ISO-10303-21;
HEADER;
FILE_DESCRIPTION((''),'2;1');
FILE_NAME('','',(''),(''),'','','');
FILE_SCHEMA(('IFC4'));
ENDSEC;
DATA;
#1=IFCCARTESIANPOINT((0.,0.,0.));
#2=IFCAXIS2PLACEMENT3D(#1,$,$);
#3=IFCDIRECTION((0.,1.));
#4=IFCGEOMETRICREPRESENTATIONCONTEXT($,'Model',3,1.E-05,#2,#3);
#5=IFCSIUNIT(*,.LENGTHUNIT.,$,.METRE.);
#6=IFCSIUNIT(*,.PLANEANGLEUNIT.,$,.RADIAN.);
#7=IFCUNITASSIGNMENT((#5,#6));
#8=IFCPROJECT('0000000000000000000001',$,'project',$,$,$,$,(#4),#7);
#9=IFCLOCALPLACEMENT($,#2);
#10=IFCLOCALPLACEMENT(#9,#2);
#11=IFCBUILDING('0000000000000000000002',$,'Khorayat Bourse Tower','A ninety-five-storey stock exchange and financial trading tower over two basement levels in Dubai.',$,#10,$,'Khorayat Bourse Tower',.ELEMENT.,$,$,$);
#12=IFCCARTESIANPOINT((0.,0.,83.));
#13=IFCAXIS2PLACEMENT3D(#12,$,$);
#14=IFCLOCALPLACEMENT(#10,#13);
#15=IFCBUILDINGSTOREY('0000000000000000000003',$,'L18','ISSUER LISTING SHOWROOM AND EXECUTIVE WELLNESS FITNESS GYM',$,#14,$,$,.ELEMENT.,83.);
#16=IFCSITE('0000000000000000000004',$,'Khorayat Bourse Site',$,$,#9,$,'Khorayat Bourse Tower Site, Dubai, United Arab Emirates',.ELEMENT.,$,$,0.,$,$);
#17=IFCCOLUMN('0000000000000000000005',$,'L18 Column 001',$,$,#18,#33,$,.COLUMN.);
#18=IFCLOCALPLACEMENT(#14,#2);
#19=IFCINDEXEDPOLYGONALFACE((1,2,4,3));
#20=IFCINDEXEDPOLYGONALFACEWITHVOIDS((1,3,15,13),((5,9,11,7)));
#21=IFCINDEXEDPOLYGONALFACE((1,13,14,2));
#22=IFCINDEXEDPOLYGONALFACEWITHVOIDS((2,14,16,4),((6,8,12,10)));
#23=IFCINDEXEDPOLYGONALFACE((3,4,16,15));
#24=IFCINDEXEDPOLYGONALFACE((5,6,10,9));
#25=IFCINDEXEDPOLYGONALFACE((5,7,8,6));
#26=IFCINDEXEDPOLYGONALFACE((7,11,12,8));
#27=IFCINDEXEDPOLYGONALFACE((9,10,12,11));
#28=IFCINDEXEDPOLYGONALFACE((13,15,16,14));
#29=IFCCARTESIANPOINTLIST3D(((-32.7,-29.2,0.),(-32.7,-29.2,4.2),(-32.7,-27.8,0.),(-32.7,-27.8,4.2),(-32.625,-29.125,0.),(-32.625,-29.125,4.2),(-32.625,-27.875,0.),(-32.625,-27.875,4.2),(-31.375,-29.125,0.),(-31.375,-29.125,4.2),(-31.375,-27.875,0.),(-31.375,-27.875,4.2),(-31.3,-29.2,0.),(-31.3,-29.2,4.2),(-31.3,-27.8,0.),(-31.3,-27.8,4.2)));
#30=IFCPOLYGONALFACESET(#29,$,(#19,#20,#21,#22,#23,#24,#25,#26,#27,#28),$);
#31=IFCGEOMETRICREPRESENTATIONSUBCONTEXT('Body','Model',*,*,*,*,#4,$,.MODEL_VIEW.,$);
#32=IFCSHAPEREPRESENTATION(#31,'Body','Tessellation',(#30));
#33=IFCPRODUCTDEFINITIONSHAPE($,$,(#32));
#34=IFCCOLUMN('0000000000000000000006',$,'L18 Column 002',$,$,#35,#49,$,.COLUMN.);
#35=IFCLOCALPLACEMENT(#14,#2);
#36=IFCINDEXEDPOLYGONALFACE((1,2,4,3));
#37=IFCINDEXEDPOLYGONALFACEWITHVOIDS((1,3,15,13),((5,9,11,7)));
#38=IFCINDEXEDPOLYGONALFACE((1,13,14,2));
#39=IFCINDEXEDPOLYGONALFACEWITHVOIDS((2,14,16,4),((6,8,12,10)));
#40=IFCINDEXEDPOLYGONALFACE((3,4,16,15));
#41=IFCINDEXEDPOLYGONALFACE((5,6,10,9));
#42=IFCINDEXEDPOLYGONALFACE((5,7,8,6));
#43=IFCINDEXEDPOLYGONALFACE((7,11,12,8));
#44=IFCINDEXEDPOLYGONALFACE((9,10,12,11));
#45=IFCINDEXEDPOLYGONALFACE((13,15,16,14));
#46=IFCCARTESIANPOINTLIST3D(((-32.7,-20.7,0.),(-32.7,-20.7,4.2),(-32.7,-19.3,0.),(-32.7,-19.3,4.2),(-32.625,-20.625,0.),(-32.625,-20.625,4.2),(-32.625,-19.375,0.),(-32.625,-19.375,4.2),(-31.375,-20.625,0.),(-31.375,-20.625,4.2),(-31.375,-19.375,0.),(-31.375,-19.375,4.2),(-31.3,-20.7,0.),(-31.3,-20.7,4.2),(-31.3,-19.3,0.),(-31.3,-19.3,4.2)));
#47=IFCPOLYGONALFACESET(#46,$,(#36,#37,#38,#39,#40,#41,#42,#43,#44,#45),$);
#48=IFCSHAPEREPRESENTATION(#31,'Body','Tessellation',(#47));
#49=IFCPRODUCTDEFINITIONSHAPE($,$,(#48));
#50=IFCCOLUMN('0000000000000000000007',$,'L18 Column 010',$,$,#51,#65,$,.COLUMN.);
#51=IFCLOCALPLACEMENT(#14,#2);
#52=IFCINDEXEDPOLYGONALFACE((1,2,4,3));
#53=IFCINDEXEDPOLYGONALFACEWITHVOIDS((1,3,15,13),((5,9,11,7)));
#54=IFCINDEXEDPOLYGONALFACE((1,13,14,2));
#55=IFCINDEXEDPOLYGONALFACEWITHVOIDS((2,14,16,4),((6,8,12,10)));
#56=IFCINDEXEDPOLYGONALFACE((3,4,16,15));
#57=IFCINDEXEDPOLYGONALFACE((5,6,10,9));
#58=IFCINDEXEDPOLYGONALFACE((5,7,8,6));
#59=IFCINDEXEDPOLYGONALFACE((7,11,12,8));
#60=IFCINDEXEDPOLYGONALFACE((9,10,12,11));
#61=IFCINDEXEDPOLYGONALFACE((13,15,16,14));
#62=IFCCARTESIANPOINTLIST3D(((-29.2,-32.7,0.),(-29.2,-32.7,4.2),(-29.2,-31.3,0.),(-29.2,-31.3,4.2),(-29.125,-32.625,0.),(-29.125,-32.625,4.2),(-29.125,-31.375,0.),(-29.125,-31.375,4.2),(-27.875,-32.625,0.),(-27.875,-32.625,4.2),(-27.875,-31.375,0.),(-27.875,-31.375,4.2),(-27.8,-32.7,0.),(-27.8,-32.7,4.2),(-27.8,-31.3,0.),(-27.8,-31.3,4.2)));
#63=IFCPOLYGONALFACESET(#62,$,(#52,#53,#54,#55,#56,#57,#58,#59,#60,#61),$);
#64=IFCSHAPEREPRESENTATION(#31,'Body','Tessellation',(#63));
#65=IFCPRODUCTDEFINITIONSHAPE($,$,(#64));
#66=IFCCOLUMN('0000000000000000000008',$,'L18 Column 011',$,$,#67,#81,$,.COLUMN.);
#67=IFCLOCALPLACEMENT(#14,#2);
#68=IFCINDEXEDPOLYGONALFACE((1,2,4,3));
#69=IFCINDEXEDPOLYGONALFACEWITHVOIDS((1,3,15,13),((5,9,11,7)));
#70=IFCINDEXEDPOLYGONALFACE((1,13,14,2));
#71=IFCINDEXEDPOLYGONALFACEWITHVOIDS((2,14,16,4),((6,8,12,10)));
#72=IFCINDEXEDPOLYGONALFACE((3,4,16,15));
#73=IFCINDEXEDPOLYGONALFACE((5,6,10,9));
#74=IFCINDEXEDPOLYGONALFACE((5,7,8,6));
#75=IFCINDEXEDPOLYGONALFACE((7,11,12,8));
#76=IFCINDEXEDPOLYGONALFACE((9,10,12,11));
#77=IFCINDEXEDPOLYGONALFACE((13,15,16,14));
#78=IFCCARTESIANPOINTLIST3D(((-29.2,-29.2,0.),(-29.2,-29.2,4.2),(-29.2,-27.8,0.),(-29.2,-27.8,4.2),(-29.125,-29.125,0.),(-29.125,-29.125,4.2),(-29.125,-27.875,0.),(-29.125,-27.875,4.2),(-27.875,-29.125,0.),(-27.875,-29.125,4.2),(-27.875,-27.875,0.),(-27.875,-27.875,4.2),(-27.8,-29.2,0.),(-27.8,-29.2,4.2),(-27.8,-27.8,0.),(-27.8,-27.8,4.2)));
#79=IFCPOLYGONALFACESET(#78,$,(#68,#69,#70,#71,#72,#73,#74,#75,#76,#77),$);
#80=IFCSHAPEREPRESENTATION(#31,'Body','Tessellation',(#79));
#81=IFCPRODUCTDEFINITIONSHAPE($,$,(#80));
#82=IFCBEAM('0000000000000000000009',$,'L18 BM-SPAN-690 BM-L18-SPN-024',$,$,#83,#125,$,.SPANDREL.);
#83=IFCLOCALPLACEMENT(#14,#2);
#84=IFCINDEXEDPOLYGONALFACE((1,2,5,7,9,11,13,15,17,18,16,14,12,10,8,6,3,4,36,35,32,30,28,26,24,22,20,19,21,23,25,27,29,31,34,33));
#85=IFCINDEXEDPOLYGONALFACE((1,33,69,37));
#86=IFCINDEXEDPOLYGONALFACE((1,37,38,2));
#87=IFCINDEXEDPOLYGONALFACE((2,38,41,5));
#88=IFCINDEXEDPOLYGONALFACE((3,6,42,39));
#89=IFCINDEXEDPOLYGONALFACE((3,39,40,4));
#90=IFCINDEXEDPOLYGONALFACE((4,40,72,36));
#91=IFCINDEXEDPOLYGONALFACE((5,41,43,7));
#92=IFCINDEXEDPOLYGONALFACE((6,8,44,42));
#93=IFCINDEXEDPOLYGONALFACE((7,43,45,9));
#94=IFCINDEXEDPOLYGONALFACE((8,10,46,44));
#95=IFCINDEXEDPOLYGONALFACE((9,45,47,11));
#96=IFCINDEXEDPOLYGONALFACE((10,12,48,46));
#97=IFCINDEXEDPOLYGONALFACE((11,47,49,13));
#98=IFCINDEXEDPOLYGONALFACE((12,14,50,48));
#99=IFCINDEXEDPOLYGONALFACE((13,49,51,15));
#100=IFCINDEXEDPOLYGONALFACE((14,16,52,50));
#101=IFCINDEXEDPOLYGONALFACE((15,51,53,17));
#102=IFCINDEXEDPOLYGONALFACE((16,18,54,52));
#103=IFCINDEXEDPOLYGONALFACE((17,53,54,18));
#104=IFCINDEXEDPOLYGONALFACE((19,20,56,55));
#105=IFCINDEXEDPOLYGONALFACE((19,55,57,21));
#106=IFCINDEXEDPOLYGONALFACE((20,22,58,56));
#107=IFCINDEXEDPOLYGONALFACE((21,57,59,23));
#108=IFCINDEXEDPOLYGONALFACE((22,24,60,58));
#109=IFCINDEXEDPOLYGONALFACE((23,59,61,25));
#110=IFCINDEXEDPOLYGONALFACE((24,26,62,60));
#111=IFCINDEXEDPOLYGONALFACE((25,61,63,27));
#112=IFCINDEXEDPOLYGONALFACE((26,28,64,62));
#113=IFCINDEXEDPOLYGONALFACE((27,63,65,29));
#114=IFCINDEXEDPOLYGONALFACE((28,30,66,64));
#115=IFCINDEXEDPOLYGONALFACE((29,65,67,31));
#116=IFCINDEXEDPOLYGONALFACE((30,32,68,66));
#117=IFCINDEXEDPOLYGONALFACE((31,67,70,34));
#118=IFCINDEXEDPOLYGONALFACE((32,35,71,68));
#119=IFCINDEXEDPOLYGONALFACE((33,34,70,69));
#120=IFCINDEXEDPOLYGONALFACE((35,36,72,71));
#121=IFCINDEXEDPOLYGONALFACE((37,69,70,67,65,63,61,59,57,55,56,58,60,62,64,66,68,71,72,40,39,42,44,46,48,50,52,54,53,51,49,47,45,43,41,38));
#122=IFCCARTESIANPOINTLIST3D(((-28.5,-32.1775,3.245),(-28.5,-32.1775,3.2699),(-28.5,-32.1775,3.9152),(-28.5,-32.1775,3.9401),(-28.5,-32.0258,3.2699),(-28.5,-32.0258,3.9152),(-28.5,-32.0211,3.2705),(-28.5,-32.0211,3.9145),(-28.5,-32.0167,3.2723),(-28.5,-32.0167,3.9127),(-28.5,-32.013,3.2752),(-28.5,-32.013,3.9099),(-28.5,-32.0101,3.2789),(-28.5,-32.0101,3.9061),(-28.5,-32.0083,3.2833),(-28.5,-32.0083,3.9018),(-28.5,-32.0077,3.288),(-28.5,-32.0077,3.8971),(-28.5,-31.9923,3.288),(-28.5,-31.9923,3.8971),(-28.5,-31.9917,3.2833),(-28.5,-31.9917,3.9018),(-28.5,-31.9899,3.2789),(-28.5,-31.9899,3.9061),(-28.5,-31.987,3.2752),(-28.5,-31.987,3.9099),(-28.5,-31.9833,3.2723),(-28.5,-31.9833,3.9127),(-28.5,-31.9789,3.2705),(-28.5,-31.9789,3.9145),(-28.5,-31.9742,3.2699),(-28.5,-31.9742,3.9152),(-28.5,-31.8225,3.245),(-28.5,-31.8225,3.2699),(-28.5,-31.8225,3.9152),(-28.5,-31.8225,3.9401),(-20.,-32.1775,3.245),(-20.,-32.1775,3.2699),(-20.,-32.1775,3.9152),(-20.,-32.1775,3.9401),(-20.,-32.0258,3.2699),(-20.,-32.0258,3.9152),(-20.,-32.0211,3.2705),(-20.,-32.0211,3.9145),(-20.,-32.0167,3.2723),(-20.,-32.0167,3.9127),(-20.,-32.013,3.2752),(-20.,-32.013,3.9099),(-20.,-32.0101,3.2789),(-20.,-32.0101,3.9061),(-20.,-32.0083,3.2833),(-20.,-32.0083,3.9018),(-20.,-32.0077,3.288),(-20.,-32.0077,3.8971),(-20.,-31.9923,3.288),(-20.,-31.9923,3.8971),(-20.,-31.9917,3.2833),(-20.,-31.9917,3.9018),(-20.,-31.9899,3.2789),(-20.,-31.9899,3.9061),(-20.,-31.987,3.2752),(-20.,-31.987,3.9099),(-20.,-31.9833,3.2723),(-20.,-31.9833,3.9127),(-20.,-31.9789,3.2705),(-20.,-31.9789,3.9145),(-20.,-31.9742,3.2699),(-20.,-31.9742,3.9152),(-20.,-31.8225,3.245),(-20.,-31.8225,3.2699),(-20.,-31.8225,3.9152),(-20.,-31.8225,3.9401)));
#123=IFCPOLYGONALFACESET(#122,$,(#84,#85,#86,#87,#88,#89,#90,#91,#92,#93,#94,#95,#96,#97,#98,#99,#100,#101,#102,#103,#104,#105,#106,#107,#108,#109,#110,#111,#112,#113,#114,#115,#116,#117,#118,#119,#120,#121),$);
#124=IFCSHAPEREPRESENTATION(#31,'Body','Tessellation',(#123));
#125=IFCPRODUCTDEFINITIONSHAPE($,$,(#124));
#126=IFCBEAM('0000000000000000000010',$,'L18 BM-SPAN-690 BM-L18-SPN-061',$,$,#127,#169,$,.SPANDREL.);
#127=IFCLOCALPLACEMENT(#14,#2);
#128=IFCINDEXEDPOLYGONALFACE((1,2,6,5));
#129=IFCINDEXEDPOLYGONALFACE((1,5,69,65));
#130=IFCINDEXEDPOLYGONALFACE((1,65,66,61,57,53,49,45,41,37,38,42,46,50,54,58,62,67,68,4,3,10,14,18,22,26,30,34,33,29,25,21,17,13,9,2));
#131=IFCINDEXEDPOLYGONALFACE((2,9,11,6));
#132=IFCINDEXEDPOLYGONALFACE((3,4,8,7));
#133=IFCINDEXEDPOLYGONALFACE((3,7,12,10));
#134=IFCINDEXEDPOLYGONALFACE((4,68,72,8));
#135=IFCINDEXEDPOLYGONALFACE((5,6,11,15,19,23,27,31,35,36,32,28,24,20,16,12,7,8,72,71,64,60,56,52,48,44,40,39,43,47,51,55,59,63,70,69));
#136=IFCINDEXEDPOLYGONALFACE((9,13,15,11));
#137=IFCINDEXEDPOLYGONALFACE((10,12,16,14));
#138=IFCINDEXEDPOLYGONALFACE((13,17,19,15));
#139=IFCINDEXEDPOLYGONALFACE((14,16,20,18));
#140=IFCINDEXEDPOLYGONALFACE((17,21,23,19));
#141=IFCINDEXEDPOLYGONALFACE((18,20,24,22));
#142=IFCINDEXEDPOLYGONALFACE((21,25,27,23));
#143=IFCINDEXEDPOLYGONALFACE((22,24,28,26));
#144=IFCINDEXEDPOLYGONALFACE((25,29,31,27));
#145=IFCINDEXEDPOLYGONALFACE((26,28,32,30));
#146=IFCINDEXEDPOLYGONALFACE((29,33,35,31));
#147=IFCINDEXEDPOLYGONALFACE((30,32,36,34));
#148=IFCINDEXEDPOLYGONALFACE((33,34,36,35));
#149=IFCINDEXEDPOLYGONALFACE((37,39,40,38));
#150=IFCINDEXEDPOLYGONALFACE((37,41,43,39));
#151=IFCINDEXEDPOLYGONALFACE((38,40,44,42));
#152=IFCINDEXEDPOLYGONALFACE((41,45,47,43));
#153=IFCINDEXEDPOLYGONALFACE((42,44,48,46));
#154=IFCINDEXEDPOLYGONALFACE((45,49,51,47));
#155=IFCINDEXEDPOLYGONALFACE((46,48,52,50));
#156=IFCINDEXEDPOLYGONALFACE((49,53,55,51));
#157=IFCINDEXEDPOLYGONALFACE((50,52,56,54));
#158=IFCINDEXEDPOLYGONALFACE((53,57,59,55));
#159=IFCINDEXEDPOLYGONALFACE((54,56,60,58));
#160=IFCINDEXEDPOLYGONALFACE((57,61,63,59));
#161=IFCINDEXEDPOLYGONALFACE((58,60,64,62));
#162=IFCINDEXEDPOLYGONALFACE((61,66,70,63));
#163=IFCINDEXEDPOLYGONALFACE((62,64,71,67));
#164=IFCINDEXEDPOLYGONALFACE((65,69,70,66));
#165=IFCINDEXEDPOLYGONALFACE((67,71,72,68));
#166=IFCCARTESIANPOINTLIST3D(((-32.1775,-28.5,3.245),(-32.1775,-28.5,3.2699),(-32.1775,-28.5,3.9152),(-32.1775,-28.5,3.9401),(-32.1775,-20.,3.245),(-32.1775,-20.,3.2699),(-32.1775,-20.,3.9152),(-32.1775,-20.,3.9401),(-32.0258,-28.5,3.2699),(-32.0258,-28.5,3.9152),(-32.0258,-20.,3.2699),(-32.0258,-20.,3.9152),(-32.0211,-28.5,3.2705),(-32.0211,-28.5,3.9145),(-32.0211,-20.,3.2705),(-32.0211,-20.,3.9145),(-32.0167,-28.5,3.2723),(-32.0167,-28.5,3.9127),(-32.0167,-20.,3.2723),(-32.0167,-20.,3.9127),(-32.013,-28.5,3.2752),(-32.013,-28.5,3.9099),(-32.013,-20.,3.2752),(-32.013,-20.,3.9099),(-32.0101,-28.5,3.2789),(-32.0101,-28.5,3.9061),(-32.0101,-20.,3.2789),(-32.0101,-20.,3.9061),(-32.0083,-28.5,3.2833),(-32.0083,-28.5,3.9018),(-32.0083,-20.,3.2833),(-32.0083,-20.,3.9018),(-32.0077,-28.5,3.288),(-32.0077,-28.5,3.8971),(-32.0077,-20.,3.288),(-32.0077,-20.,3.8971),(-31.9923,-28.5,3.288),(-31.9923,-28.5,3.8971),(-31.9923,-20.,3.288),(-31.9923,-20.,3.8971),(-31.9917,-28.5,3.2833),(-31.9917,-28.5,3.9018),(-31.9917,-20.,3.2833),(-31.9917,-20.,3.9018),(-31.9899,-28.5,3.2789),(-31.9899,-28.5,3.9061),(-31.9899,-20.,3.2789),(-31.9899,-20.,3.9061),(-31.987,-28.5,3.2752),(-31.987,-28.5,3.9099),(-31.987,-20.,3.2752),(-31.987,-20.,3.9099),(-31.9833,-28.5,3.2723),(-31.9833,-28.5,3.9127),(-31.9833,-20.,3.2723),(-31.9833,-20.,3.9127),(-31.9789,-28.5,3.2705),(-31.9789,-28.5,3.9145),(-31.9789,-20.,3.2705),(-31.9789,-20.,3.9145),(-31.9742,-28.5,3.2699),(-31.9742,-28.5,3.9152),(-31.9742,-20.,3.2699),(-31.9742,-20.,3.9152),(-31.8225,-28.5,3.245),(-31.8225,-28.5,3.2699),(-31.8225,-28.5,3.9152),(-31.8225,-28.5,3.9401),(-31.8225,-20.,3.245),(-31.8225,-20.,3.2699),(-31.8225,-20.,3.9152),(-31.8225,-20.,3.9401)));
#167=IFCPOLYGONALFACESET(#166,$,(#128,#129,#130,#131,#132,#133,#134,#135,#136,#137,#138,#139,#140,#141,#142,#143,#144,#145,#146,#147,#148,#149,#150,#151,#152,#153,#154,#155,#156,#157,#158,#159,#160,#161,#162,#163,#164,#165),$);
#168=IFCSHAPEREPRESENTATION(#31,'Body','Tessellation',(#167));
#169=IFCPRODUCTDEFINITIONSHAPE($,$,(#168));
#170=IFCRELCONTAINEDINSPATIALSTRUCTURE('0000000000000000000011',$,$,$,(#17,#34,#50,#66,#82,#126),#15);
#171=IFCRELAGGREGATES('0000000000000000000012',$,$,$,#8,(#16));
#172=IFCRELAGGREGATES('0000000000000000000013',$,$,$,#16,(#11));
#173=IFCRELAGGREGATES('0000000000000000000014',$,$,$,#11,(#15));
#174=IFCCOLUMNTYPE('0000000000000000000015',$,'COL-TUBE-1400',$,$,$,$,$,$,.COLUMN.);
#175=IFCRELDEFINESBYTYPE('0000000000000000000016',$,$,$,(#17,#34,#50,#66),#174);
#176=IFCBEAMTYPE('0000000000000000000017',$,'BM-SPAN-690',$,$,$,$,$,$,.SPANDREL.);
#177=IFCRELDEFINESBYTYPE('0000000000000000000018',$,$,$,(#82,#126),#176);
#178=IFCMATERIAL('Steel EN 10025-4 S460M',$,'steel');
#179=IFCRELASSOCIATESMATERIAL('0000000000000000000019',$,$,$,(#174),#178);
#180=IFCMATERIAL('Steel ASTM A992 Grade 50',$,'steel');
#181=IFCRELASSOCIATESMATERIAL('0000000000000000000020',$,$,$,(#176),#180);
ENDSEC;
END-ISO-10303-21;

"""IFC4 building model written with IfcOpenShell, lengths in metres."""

from ifc_helpers import new_model, si_unit, direction, frame, origin, origin_2d, place, context, subcontext, project, spatial, hollow_rectangle, i_section, extrude, source, transform, mapped, material, material_profile, profile_set, type_object, element, save


model = new_model("IFC4")

# Units and contexts
model_context = context("Model", 3, precision=1e-05, world=origin(), true_north=direction((0.0, 1.0)))
body_context = subcontext(model_context, "Body", "Model", "MODEL_VIEW")
ifc_project = project(units=[si_unit("LENGTHUNIT", "METRE"), si_unit("PLANEANGLEUNIT", "RADIAN")], contexts=[model_context])

# Site, building, storey
site_placement = place(None, origin())
site = spatial("IfcSite", under=ifc_project, at=site_placement, Name="Khorayat Bourse Site", LongName="Khorayat Bourse Tower Site, Dubai, United Arab Emirates", CompositionType="ELEMENT", RefElevation=0.0)
building_placement = place(site_placement, origin())
building = spatial("IfcBuilding", under=site, at=building_placement, Name="Khorayat Bourse Tower", Description="A ninety-five-storey stock exchange and financial trading tower over two basement levels in Dubai.", LongName="Khorayat Bourse Tower", CompositionType="ELEMENT")
storey_placement = place(building_placement, frame((0.0, 0.0, 83.0)))
storey = spatial("IfcBuildingStorey", under=building, at=storey_placement, Name="L18", Description="ISSUER LISTING SHOWROOM AND EXECUTIVE WELLNESS FITNESS GYM", CompositionType="ELEMENT", Elevation=83.0)

# Columns
ifc_material_1 = material(Name="Steel EN 10025-4 S460M", Category="steel")
ifc_material_profile_1 = material_profile(ifc_material_1, hollow_rectangle(XDim=1.3999, YDim=1.3999, WallThickness=0.075, at=origin_2d()), Name="BOX 1400x1400x75")
ifc_profile_set_1 = profile_set([ifc_material_profile_1], Name="Steel EN 10025-4 S460M")
column_type = type_object("IfcColumnType", Name="COL-TUBE-1400", PredefinedType="COLUMN", material=ifc_profile_set_1)
shared_shape_1 = source(origin(), body_context, "Body", "SweptSolid", [
    extrude(hollow_rectangle(XDim=1.3999, YDim=1.3999, WallThickness=0.075, at=origin_2d()), origin(), (0.0, 0.0, 1.0), 4.2),
])
for number, where, z_axis, x_axis, name in (
    (1, (-32.0, -28.5, 0.0), (0.0, 0.0, 1.0), (1.0, 0.0, 0.0), "L18 Column 001"),
    (2, (-32.0, -20.0, 0.0), (0.0, 0.0, 1.0), (1.0, 0.0, 0.0), "L18 Column 002"),
    (3, (-28.5, -32.0, 0.0), (0.0, 0.0, 1.0), (1.0, 0.0, 0.0), "L18 Column 010"),
    (4, (-28.5, -28.5, 0.0), (0.0, 0.0, 1.0), (1.0, 0.0, 0.0), "L18 Column 011"),
):
    element("IfcColumn", number, at=place(storey_placement, frame(where, z_axis=z_axis, x_axis=x_axis)), inside=storey, type_object=column_type, Name=name, PredefinedType="COLUMN", context=body_context, shape_type="MappedRepresentation", body=[
        mapped(shared_shape_1, transform((0.0, 0.0, 0.0), scale=1.0)),
    ])

# Beams
ifc_material_2 = material(Name="Steel ASTM A992 Grade 50", Category="steel")
ifc_material_profile_2 = material_profile(ifc_material_2, i_section(OverallWidth=0.355, OverallDepth=0.6951, WebThickness=0.0154, FlangeThickness=0.0249, FilletRadius=0.0181, at=origin_2d()), Name="W690X217")
ifc_profile_set_2 = profile_set([ifc_material_profile_2], Name="Steel ASTM A992 Grade 50")
beam_type_1 = type_object("IfcBeamType", Name="BM-SPAN-690", PredefinedType="SPANDREL", material=ifc_profile_set_2)
shared_shape_2 = source(origin(), body_context, "Body", "SweptSolid", [
    extrude(i_section(OverallWidth=0.355, OverallDepth=0.6951, WebThickness=0.0154, FlangeThickness=0.0249, FilletRadius=0.0181, at=origin_2d()), origin(), (0.0, 0.0, 1.0), 8.5),
])
for number, where, z_axis, x_axis, name in (
    (5, (-28.5, -32.0, 3.5925), (1.0, 0.0, 0.0), (0.0, 1.0, 0.0), "L18 BM-SPAN-690 BM-L18-SPN-024"),
    (6, (-32.0, -28.5, 3.5925), (0.0, 1.0, 0.0), (-1.0, 0.0, 0.0), "L18 BM-SPAN-690 BM-L18-SPN-061"),
):
    element("IfcBeam", number, at=place(storey_placement, frame(where, z_axis=z_axis, x_axis=x_axis)), inside=storey, type_object=beam_type_1, Name=name, PredefinedType="SPANDREL", context=body_context, shape_type="MappedRepresentation", body=[
        mapped(shared_shape_2, transform((0.0, 0.0, 0.0), scale=1.0)),
    ])

save(model, "model.ifc")
